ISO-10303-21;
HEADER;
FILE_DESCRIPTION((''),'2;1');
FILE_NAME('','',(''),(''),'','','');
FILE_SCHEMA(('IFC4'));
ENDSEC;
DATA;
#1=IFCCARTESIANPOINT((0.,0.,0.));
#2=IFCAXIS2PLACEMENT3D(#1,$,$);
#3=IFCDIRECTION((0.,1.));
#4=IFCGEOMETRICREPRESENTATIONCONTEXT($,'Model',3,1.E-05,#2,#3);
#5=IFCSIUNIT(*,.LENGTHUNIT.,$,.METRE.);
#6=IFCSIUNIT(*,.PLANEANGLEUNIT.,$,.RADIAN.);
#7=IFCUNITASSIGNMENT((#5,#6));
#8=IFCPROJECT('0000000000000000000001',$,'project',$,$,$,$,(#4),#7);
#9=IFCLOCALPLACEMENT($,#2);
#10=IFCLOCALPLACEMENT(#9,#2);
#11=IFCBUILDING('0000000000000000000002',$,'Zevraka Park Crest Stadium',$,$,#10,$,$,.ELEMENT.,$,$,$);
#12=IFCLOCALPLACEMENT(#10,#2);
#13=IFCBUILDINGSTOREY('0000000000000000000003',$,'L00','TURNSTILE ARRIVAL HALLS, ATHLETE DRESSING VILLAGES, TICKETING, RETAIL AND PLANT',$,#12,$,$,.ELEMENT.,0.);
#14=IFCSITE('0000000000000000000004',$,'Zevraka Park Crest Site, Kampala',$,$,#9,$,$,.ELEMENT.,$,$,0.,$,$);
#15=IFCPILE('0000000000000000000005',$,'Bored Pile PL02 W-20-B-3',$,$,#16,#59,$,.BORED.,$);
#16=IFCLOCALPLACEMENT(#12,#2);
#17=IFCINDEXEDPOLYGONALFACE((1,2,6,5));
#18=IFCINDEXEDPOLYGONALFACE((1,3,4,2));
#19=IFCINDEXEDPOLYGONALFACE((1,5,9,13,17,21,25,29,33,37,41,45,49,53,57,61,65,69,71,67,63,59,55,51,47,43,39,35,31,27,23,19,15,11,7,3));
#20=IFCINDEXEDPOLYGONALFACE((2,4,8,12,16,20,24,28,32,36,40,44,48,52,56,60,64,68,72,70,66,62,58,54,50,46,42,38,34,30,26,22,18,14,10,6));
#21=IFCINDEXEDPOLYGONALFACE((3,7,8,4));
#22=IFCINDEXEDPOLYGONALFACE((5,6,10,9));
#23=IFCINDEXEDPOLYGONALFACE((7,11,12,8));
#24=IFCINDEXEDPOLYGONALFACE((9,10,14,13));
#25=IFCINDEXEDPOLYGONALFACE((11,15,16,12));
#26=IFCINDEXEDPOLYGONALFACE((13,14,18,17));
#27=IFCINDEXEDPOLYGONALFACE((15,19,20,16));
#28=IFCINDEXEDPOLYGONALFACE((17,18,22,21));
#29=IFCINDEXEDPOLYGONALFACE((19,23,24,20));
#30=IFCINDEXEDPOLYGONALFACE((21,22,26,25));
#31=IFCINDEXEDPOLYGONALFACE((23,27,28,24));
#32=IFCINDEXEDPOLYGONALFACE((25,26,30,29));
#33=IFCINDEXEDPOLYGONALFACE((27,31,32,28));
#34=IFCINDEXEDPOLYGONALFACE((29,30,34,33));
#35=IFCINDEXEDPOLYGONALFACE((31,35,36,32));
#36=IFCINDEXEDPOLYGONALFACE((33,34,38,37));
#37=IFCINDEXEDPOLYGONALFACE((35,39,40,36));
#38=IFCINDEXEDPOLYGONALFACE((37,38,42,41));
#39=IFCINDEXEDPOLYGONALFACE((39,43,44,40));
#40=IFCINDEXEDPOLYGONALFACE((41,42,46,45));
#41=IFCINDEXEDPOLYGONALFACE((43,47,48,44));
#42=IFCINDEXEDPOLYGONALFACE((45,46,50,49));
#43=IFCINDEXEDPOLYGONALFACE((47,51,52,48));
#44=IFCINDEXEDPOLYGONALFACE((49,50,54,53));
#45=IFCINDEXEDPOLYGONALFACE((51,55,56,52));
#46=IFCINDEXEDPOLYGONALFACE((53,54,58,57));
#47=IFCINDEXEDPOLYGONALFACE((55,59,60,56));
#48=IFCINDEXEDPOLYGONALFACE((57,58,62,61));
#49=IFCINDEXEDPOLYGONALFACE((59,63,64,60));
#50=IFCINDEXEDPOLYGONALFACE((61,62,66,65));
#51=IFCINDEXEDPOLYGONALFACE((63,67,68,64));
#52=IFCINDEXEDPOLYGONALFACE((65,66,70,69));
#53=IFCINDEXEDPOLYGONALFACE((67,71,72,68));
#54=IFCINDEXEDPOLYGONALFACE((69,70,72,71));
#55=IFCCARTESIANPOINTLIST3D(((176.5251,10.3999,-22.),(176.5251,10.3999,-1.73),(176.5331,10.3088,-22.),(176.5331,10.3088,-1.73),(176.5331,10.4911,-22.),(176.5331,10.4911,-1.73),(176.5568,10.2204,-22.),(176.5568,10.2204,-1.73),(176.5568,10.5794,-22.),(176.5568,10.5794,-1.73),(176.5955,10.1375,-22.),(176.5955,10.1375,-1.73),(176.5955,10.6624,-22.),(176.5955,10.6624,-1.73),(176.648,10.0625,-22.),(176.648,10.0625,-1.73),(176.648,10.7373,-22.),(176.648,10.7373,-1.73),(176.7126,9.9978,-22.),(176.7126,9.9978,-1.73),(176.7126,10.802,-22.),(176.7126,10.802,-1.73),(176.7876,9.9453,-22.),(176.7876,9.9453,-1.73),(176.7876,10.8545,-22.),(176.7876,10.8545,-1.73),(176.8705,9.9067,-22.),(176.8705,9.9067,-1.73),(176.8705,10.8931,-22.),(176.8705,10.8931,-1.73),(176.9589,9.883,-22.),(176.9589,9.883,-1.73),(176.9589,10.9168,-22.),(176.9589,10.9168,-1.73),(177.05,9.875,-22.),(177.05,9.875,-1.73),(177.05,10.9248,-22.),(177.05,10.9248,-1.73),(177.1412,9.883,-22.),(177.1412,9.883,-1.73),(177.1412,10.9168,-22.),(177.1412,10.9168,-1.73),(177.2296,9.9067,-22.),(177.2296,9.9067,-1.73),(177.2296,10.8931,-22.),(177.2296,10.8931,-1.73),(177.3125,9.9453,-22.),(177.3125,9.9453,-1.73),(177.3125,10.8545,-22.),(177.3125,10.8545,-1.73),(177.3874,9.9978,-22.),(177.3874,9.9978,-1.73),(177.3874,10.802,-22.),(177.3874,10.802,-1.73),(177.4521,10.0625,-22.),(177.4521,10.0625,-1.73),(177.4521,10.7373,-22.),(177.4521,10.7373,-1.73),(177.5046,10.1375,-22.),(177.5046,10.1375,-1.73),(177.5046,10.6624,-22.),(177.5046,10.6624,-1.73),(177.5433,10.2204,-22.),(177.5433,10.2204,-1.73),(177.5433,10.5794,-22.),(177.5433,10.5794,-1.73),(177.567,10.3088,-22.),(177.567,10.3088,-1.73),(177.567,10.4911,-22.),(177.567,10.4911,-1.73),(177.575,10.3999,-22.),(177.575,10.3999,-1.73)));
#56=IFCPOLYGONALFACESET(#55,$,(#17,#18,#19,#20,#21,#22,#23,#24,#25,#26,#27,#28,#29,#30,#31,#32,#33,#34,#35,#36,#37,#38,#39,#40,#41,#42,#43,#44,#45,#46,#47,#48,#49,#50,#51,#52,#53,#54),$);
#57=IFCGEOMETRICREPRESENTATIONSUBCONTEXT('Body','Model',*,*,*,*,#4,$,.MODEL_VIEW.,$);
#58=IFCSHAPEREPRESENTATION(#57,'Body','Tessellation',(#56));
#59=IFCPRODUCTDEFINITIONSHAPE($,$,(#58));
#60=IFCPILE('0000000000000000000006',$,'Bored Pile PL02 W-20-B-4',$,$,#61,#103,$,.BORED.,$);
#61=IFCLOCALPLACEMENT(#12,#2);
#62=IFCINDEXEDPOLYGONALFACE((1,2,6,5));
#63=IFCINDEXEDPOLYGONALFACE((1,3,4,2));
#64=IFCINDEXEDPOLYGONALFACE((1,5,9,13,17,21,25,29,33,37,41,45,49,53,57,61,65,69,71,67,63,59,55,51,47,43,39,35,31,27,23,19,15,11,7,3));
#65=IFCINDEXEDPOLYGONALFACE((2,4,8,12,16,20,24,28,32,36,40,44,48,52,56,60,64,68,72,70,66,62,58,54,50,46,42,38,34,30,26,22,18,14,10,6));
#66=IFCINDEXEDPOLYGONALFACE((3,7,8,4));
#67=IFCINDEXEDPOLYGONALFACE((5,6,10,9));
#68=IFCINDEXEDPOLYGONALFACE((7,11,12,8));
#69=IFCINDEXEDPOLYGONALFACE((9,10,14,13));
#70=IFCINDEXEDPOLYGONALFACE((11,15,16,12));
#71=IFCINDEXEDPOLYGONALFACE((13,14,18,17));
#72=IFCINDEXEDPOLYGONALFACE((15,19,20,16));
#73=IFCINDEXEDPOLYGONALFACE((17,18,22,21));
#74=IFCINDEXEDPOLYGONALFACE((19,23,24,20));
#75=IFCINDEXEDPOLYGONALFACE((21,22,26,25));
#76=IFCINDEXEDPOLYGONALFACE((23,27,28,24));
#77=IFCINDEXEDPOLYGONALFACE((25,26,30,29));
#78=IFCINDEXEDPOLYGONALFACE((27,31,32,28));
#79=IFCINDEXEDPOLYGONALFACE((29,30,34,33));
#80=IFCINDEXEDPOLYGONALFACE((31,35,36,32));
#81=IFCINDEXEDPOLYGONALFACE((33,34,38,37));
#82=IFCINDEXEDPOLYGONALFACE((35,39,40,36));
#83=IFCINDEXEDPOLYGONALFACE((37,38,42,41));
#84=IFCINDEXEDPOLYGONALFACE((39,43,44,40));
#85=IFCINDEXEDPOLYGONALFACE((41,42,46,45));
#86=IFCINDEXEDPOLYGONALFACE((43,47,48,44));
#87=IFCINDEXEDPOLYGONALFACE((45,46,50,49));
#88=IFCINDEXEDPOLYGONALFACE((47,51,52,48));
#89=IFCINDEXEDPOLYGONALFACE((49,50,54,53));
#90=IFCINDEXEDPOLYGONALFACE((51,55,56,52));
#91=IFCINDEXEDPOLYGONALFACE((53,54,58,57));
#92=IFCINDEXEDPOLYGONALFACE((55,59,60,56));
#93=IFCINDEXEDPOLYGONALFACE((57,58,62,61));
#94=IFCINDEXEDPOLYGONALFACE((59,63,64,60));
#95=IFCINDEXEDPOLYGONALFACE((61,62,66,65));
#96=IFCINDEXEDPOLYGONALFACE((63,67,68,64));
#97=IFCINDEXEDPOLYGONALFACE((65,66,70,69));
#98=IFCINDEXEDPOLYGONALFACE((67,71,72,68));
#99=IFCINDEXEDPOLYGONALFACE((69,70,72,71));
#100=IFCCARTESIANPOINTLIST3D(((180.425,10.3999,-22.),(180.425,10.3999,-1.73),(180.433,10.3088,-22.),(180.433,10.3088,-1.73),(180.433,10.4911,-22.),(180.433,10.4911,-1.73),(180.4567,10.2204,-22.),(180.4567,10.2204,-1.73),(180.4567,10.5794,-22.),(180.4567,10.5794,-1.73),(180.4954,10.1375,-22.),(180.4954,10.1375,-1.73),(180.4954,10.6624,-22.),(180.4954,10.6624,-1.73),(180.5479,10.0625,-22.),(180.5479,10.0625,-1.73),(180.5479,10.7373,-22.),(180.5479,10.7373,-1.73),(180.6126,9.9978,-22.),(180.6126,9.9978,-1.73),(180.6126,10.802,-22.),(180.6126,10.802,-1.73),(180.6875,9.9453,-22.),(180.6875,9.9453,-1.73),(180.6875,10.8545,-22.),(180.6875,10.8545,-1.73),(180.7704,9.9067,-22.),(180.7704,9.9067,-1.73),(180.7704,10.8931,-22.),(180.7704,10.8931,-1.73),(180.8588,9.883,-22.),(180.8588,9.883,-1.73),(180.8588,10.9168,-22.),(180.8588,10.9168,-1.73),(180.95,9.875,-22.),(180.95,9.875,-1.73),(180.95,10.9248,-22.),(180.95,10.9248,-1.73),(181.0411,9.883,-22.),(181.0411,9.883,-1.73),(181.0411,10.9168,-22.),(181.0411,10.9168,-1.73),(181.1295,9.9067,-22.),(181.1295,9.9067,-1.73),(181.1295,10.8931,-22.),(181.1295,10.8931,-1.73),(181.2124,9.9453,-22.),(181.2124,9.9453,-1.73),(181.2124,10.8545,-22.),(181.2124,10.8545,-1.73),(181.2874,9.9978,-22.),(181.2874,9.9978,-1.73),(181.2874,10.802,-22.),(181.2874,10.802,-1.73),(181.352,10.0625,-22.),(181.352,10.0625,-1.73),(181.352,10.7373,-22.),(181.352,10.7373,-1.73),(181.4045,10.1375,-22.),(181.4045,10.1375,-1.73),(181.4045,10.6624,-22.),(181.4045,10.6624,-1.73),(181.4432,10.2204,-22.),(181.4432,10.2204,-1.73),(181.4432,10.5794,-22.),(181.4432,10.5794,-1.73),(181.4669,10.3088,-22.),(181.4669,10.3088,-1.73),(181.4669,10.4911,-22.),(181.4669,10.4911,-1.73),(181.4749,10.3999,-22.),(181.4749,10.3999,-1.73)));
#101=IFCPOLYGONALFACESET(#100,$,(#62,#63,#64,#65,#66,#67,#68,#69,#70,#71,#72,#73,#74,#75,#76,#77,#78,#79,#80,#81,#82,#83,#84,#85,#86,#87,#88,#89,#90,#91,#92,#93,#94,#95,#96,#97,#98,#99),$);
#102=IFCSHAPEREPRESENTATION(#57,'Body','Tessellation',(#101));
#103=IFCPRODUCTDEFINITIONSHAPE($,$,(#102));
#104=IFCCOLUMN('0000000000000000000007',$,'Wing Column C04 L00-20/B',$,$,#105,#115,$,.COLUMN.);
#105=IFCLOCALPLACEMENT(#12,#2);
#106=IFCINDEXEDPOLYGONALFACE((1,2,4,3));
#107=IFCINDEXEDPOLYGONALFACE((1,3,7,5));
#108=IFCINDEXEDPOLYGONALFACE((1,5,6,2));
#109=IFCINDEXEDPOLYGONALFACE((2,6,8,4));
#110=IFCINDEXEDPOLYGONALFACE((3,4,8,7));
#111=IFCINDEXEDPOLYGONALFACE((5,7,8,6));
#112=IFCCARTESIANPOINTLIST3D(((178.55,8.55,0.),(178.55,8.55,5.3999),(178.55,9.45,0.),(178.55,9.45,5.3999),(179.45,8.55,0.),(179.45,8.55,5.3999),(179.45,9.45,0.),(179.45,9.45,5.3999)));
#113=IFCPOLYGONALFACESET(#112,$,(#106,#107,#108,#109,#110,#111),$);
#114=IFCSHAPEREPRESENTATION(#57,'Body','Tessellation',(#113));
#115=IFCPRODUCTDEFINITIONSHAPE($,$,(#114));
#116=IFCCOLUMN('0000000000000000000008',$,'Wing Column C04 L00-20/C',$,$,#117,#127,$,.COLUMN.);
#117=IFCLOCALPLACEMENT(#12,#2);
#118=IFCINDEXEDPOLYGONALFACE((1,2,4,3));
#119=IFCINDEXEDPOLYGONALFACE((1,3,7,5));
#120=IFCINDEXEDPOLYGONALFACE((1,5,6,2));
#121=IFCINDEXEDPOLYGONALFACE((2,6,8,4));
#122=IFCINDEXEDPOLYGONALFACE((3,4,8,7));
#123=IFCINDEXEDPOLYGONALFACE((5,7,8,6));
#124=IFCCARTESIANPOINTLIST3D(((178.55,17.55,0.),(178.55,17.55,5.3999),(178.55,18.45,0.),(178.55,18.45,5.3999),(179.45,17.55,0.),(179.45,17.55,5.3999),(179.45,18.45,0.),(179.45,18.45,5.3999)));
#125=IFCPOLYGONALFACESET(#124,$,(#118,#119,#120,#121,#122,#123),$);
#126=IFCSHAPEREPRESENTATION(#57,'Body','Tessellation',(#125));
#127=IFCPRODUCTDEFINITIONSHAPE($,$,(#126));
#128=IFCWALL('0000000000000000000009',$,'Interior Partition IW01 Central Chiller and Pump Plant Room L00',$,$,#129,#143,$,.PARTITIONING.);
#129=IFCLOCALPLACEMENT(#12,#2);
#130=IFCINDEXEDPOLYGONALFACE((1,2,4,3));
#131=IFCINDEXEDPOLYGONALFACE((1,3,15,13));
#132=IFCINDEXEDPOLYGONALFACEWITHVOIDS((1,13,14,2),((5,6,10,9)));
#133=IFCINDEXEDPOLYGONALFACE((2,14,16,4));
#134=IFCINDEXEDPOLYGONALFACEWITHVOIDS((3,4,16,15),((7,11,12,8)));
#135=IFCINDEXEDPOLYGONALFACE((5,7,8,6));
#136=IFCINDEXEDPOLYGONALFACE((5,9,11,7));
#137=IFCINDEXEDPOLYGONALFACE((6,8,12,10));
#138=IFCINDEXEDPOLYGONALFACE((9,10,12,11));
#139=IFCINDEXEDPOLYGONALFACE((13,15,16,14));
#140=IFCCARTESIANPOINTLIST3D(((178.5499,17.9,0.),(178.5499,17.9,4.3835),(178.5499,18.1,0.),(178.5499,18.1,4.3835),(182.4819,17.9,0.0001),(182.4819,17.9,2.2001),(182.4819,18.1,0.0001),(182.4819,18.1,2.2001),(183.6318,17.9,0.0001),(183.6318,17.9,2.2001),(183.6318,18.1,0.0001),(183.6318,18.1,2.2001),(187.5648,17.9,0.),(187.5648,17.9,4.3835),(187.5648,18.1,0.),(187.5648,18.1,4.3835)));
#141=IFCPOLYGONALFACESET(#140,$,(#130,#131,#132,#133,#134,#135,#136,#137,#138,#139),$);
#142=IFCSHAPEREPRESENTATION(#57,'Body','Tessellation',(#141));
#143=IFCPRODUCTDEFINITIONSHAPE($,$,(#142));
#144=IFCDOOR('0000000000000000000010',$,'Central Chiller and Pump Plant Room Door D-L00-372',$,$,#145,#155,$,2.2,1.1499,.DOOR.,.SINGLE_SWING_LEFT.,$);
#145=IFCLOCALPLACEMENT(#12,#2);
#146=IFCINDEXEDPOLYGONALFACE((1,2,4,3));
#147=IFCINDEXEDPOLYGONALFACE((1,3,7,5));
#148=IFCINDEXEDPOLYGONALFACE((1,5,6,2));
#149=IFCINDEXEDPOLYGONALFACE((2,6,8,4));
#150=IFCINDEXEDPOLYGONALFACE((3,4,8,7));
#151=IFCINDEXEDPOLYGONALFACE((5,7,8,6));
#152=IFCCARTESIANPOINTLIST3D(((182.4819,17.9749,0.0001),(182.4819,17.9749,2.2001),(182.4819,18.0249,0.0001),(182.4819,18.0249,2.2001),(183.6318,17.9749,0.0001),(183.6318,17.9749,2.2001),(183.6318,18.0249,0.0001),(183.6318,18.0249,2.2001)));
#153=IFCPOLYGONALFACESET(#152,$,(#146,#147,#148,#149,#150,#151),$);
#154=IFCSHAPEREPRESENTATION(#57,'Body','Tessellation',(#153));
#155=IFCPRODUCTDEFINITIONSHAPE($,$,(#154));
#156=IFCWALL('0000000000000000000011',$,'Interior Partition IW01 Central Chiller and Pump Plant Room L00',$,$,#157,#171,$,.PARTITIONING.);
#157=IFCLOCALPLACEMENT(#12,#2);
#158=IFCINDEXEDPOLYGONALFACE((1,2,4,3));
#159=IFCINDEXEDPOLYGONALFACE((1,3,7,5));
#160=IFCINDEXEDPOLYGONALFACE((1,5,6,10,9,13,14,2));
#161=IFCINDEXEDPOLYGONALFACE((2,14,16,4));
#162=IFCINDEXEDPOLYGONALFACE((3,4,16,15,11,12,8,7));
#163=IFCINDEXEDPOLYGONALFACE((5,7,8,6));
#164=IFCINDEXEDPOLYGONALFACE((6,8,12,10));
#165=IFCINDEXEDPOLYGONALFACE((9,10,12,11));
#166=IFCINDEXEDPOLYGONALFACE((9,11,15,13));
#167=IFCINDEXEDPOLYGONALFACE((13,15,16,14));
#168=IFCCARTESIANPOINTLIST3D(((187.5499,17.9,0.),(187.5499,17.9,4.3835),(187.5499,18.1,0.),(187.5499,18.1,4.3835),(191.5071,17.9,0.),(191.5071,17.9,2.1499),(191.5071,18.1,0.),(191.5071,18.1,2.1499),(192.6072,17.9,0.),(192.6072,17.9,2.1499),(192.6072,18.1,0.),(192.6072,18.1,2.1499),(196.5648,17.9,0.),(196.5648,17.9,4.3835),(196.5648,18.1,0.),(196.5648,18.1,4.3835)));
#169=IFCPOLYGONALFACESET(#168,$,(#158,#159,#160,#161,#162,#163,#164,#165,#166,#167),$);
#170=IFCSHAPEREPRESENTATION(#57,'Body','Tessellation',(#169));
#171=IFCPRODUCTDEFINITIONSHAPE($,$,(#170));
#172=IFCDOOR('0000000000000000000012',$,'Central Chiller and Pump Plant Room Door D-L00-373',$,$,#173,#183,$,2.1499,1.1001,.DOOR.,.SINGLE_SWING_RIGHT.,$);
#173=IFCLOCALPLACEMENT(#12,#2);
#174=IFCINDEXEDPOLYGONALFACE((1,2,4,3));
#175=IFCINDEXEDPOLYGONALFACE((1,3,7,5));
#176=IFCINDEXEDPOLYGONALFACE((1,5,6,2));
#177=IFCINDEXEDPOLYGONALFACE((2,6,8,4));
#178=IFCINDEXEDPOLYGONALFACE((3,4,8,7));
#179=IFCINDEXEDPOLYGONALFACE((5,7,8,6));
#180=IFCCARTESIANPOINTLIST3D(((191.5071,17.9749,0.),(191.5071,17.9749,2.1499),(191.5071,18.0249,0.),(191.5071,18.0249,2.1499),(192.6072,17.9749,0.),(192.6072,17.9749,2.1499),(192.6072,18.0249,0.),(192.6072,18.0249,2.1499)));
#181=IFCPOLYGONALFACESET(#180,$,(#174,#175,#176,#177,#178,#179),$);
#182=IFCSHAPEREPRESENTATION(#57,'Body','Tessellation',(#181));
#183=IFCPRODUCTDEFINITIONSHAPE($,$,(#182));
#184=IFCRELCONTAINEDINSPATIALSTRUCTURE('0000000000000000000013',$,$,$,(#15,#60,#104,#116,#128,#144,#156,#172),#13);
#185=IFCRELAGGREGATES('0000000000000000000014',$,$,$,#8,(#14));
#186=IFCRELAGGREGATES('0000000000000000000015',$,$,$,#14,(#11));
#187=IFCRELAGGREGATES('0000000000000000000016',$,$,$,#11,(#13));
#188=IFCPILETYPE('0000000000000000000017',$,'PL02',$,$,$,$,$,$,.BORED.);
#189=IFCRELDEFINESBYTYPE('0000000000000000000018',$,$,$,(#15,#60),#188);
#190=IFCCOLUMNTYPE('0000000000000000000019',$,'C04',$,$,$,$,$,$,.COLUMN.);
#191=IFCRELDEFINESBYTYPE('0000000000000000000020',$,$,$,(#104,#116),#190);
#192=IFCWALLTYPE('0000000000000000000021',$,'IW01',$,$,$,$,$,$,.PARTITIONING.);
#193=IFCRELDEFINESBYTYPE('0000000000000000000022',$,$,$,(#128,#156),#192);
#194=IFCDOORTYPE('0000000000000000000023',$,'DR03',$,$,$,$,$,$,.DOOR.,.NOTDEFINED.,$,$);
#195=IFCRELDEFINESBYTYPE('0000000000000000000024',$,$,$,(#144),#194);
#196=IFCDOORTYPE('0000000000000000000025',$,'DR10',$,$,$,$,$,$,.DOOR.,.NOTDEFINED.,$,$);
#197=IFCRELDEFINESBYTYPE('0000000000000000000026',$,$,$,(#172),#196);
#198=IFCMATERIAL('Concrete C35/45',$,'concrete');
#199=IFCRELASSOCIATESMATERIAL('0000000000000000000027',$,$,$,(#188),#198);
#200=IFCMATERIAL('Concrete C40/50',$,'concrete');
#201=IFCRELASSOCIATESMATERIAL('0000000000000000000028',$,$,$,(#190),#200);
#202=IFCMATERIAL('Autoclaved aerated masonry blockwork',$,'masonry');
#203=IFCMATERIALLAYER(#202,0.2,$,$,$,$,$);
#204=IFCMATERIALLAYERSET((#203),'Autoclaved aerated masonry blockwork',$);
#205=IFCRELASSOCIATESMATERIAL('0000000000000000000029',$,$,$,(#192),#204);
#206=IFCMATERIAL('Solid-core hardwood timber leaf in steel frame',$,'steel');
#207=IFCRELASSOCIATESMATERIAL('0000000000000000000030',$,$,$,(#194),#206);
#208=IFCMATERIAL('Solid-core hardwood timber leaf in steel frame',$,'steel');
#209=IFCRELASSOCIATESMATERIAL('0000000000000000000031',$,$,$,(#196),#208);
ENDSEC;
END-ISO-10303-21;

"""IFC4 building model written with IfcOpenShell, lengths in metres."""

from ifc_helpers import new_model, si_unit, direction, frame, frame_2d, origin, origin_2d, place, context, subcontext, project, spatial, rectangle, circle, extrude, material, layer, layer_set, material_profile, profile_set, type_object, element, fill, save


model = new_model("IFC4")

# Units and contexts
model_context = context("Model", 3, precision=1e-05, world=origin(), true_north=direction((0.0, 1.0)))
body_context = subcontext(model_context, "Body", "Model", "MODEL_VIEW")
ifc_project = project(units=[si_unit("LENGTHUNIT", "METRE"), si_unit("PLANEANGLEUNIT", "RADIAN")], contexts=[model_context])

# Site, building, storey
site_placement = place(None, origin())
site = spatial("IfcSite", under=ifc_project, at=site_placement, Name="Zevraka Park Crest Site, Kampala", CompositionType="ELEMENT", RefElevation=0.0)
building_placement = place(site_placement, origin())
building = spatial("IfcBuilding", under=site, at=building_placement, Name="Zevraka Park Crest Stadium", CompositionType="ELEMENT")
storey_placement = place(building_placement, origin())
storey = spatial("IfcBuildingStorey", under=building, at=storey_placement, Name="L00", Description="TURNSTILE ARRIVAL HALLS, ATHLETE DRESSING VILLAGES, TICKETING, RETAIL AND PLANT", CompositionType="ELEMENT", Elevation=0.0)

# Piles
ifc_material_1 = material(Name="Concrete C35/45", Category="concrete")
ifc_material_profile_1 = material_profile(ifc_material_1, circle(Radius=0.5249, at=origin_2d()), Name="PILE D1050")
ifc_profile_set_1 = profile_set([ifc_material_profile_1], Name="Concrete C35/45")
pile_type_1 = type_object("IfcPileType", Name="PL02", PredefinedType="BORED", material=ifc_profile_set_1)
for number, where, z_axis, x_axis, name in (
    (1, (177.05, 10.3999, -1.73), (0.0, 0.0, -1.0), (1.0, 0.0, 0.0), "Bored Pile PL02 W-20-B-3"),
    (2, (180.95, 10.3999, -1.73), (0.0, 0.0, -1.0), (1.0, 0.0, 0.0), "Bored Pile PL02 W-20-B-4"),
):
    element("IfcPile", number, at=place(storey_placement, frame(where, z_axis=z_axis, x_axis=x_axis)), inside=storey, type_object=pile_type_1, Name=name, PredefinedType="BORED", context=body_context, shape_type="SweptSolid", body=[
        extrude(circle(Radius=0.5249, at=origin_2d()), origin(), (0.0, 0.0, 1.0), 20.27),
    ])

# Columns
ifc_material_2 = material(Name="Concrete C40/50", Category="concrete")
ifc_material_profile_2 = material_profile(ifc_material_2, rectangle(XDim=0.8999, YDim=0.8999, at=origin_2d()), Name="RC 900x900")
ifc_profile_set_2 = profile_set([ifc_material_profile_2], Name="Concrete C40/50")
column_type = type_object("IfcColumnType", Name="C04", PredefinedType="COLUMN", material=ifc_profile_set_2)
for number, where, z_axis, x_axis, name in (
    (3, (179.0, 9.0, 0.0), (0.0, 0.0, 1.0), (1.0, 0.0, 0.0), "Wing Column C04 L00-20/B"),
    (4, (179.0, 18.0, 0.0), (0.0, 0.0, 1.0), (1.0, 0.0, 0.0), "Wing Column C04 L00-20/C"),
):
    element("IfcColumn", number, at=place(storey_placement, frame(where, z_axis=z_axis, x_axis=x_axis)), inside=storey, type_object=column_type, Name=name, PredefinedType="COLUMN", context=body_context, shape_type="SweptSolid", body=[
        extrude(rectangle(XDim=0.8999, YDim=0.8999, at=origin_2d()), origin(), (0.0, 0.0, 1.0), 5.3999),
    ])

# Walls, openings, doors
ifc_material_3 = material(Name="Autoclaved aerated masonry blockwork", Category="masonry")
ifc_layer = layer(ifc_material_3, 0.2)
ifc_layer_set = layer_set([ifc_layer], Name="Autoclaved aerated masonry blockwork")
wall_type = type_object("IfcWallType", Name="IW01", PredefinedType="PARTITIONING", material=ifc_layer_set)
wall_1_placement = place(storey_placement, frame((178.55, 18.0, 0.0), z_axis=(0.0, 0.0, 1.0), x_axis=(1.0, 0.0, 0.0)))
wall_1 = element("IfcWall", 5, at=wall_1_placement, inside=storey, type_object=wall_type, Name="Interior Partition IW01 Central Chiller and Pump Plant Room L00", PredefinedType="PARTITIONING", context=body_context, shape_type="SweptSolid", body=[
    extrude(rectangle(XDim=9.0149, YDim=0.2, at=frame_2d((4.5073, 0.0))), origin(), (0.0, 0.0, 1.0), 4.3835),
])
opening_1_placement = place(wall_1_placement, frame((3.9319, 0.0, 0.0)))
opening_1 = element("IfcOpeningElement", 6, at=opening_1_placement, cuts=wall_1, PredefinedType="OPENING", context=body_context, shape_type="SweptSolid", body=[
    extrude(rectangle(XDim=1.1499, YDim=2.2, at=frame_2d((0.575, 1.1001))), frame((0.0, 0.1099, 0.0), z_axis=(0.0, -1.0, 0.0), x_axis=(1.0, 0.0, 0.0)), (0.0, 0.0, 1.0), 0.22),
])
ifc_material_4 = material(Name="Solid-core hardwood timber leaf in steel frame", Category="steel")
door_type_1 = type_object("IfcDoorType", Name="DR03", OperationType="NOTDEFINED", PredefinedType="DOOR", material=ifc_material_4)
door_1_placement = place(opening_1_placement, origin())
door_1 = element("IfcDoor", 7, at=door_1_placement, inside=storey, type_object=door_type_1, Name="Central Chiller and Pump Plant Room Door D-L00-372", OperationType="SINGLE_SWING_LEFT", OverallHeight=2.2, OverallWidth=1.1499, PredefinedType="DOOR", context=body_context, shape_type="SweptSolid", body=[
    extrude(rectangle(XDim=1.1499, YDim=2.2, at=frame_2d((0.575, 1.1001))), frame((0.0, 0.0249, 0.0), z_axis=(0.0, -1.0, 0.0), x_axis=(1.0, 0.0, 0.0)), (0.0, 0.0, 1.0), 0.05),
])
fill(opening_1, door_1)
wall_2_placement = place(storey_placement, frame((187.55, 18.0, 0.0), z_axis=(0.0, 0.0, 1.0), x_axis=(1.0, 0.0, 0.0)))
wall_2 = element("IfcWall", 8, at=wall_2_placement, inside=storey, type_object=wall_type, Name="Interior Partition IW01 Central Chiller and Pump Plant Room L00", PredefinedType="PARTITIONING", context=body_context, shape_type="SweptSolid", body=[
    extrude(rectangle(XDim=9.0149, YDim=0.2, at=frame_2d((4.5073, 0.0))), origin(), (0.0, 0.0, 1.0), 4.3835),
])
opening_2_placement = place(wall_2_placement, frame((3.957, 0.0, 0.0)))
opening_2 = element("IfcOpeningElement", 9, at=opening_2_placement, cuts=wall_2, PredefinedType="OPENING", context=body_context, shape_type="SweptSolid", body=[
    extrude(rectangle(XDim=1.1001, YDim=2.1499, at=frame_2d((0.55, 1.075))), frame((0.0, 0.1099, 0.0), z_axis=(0.0, -1.0, 0.0), x_axis=(1.0, 0.0, 0.0)), (0.0, 0.0, 1.0), 0.22),
])
ifc_material_5 = material(Name="Solid-core hardwood timber leaf in steel frame", Category="steel")
door_type_2 = type_object("IfcDoorType", Name="DR10", OperationType="NOTDEFINED", PredefinedType="DOOR", material=ifc_material_5)
door_2_placement = place(opening_2_placement, origin())
door_2 = element("IfcDoor", 10, at=door_2_placement, inside=storey, type_object=door_type_2, Name="Central Chiller and Pump Plant Room Door D-L00-373", OperationType="SINGLE_SWING_RIGHT", OverallHeight=2.1499, OverallWidth=1.1001, PredefinedType="DOOR", context=body_context, shape_type="SweptSolid", body=[
    extrude(rectangle(XDim=1.1001, YDim=2.1499, at=frame_2d((0.55, 1.075))), frame((0.0, 0.0249, 0.0), z_axis=(0.0, -1.0, 0.0), x_axis=(1.0, 0.0, 0.0)), (0.0, 0.0, 1.0), 0.05),
])
fill(opening_2, door_2)

save(model, "model.ifc")
